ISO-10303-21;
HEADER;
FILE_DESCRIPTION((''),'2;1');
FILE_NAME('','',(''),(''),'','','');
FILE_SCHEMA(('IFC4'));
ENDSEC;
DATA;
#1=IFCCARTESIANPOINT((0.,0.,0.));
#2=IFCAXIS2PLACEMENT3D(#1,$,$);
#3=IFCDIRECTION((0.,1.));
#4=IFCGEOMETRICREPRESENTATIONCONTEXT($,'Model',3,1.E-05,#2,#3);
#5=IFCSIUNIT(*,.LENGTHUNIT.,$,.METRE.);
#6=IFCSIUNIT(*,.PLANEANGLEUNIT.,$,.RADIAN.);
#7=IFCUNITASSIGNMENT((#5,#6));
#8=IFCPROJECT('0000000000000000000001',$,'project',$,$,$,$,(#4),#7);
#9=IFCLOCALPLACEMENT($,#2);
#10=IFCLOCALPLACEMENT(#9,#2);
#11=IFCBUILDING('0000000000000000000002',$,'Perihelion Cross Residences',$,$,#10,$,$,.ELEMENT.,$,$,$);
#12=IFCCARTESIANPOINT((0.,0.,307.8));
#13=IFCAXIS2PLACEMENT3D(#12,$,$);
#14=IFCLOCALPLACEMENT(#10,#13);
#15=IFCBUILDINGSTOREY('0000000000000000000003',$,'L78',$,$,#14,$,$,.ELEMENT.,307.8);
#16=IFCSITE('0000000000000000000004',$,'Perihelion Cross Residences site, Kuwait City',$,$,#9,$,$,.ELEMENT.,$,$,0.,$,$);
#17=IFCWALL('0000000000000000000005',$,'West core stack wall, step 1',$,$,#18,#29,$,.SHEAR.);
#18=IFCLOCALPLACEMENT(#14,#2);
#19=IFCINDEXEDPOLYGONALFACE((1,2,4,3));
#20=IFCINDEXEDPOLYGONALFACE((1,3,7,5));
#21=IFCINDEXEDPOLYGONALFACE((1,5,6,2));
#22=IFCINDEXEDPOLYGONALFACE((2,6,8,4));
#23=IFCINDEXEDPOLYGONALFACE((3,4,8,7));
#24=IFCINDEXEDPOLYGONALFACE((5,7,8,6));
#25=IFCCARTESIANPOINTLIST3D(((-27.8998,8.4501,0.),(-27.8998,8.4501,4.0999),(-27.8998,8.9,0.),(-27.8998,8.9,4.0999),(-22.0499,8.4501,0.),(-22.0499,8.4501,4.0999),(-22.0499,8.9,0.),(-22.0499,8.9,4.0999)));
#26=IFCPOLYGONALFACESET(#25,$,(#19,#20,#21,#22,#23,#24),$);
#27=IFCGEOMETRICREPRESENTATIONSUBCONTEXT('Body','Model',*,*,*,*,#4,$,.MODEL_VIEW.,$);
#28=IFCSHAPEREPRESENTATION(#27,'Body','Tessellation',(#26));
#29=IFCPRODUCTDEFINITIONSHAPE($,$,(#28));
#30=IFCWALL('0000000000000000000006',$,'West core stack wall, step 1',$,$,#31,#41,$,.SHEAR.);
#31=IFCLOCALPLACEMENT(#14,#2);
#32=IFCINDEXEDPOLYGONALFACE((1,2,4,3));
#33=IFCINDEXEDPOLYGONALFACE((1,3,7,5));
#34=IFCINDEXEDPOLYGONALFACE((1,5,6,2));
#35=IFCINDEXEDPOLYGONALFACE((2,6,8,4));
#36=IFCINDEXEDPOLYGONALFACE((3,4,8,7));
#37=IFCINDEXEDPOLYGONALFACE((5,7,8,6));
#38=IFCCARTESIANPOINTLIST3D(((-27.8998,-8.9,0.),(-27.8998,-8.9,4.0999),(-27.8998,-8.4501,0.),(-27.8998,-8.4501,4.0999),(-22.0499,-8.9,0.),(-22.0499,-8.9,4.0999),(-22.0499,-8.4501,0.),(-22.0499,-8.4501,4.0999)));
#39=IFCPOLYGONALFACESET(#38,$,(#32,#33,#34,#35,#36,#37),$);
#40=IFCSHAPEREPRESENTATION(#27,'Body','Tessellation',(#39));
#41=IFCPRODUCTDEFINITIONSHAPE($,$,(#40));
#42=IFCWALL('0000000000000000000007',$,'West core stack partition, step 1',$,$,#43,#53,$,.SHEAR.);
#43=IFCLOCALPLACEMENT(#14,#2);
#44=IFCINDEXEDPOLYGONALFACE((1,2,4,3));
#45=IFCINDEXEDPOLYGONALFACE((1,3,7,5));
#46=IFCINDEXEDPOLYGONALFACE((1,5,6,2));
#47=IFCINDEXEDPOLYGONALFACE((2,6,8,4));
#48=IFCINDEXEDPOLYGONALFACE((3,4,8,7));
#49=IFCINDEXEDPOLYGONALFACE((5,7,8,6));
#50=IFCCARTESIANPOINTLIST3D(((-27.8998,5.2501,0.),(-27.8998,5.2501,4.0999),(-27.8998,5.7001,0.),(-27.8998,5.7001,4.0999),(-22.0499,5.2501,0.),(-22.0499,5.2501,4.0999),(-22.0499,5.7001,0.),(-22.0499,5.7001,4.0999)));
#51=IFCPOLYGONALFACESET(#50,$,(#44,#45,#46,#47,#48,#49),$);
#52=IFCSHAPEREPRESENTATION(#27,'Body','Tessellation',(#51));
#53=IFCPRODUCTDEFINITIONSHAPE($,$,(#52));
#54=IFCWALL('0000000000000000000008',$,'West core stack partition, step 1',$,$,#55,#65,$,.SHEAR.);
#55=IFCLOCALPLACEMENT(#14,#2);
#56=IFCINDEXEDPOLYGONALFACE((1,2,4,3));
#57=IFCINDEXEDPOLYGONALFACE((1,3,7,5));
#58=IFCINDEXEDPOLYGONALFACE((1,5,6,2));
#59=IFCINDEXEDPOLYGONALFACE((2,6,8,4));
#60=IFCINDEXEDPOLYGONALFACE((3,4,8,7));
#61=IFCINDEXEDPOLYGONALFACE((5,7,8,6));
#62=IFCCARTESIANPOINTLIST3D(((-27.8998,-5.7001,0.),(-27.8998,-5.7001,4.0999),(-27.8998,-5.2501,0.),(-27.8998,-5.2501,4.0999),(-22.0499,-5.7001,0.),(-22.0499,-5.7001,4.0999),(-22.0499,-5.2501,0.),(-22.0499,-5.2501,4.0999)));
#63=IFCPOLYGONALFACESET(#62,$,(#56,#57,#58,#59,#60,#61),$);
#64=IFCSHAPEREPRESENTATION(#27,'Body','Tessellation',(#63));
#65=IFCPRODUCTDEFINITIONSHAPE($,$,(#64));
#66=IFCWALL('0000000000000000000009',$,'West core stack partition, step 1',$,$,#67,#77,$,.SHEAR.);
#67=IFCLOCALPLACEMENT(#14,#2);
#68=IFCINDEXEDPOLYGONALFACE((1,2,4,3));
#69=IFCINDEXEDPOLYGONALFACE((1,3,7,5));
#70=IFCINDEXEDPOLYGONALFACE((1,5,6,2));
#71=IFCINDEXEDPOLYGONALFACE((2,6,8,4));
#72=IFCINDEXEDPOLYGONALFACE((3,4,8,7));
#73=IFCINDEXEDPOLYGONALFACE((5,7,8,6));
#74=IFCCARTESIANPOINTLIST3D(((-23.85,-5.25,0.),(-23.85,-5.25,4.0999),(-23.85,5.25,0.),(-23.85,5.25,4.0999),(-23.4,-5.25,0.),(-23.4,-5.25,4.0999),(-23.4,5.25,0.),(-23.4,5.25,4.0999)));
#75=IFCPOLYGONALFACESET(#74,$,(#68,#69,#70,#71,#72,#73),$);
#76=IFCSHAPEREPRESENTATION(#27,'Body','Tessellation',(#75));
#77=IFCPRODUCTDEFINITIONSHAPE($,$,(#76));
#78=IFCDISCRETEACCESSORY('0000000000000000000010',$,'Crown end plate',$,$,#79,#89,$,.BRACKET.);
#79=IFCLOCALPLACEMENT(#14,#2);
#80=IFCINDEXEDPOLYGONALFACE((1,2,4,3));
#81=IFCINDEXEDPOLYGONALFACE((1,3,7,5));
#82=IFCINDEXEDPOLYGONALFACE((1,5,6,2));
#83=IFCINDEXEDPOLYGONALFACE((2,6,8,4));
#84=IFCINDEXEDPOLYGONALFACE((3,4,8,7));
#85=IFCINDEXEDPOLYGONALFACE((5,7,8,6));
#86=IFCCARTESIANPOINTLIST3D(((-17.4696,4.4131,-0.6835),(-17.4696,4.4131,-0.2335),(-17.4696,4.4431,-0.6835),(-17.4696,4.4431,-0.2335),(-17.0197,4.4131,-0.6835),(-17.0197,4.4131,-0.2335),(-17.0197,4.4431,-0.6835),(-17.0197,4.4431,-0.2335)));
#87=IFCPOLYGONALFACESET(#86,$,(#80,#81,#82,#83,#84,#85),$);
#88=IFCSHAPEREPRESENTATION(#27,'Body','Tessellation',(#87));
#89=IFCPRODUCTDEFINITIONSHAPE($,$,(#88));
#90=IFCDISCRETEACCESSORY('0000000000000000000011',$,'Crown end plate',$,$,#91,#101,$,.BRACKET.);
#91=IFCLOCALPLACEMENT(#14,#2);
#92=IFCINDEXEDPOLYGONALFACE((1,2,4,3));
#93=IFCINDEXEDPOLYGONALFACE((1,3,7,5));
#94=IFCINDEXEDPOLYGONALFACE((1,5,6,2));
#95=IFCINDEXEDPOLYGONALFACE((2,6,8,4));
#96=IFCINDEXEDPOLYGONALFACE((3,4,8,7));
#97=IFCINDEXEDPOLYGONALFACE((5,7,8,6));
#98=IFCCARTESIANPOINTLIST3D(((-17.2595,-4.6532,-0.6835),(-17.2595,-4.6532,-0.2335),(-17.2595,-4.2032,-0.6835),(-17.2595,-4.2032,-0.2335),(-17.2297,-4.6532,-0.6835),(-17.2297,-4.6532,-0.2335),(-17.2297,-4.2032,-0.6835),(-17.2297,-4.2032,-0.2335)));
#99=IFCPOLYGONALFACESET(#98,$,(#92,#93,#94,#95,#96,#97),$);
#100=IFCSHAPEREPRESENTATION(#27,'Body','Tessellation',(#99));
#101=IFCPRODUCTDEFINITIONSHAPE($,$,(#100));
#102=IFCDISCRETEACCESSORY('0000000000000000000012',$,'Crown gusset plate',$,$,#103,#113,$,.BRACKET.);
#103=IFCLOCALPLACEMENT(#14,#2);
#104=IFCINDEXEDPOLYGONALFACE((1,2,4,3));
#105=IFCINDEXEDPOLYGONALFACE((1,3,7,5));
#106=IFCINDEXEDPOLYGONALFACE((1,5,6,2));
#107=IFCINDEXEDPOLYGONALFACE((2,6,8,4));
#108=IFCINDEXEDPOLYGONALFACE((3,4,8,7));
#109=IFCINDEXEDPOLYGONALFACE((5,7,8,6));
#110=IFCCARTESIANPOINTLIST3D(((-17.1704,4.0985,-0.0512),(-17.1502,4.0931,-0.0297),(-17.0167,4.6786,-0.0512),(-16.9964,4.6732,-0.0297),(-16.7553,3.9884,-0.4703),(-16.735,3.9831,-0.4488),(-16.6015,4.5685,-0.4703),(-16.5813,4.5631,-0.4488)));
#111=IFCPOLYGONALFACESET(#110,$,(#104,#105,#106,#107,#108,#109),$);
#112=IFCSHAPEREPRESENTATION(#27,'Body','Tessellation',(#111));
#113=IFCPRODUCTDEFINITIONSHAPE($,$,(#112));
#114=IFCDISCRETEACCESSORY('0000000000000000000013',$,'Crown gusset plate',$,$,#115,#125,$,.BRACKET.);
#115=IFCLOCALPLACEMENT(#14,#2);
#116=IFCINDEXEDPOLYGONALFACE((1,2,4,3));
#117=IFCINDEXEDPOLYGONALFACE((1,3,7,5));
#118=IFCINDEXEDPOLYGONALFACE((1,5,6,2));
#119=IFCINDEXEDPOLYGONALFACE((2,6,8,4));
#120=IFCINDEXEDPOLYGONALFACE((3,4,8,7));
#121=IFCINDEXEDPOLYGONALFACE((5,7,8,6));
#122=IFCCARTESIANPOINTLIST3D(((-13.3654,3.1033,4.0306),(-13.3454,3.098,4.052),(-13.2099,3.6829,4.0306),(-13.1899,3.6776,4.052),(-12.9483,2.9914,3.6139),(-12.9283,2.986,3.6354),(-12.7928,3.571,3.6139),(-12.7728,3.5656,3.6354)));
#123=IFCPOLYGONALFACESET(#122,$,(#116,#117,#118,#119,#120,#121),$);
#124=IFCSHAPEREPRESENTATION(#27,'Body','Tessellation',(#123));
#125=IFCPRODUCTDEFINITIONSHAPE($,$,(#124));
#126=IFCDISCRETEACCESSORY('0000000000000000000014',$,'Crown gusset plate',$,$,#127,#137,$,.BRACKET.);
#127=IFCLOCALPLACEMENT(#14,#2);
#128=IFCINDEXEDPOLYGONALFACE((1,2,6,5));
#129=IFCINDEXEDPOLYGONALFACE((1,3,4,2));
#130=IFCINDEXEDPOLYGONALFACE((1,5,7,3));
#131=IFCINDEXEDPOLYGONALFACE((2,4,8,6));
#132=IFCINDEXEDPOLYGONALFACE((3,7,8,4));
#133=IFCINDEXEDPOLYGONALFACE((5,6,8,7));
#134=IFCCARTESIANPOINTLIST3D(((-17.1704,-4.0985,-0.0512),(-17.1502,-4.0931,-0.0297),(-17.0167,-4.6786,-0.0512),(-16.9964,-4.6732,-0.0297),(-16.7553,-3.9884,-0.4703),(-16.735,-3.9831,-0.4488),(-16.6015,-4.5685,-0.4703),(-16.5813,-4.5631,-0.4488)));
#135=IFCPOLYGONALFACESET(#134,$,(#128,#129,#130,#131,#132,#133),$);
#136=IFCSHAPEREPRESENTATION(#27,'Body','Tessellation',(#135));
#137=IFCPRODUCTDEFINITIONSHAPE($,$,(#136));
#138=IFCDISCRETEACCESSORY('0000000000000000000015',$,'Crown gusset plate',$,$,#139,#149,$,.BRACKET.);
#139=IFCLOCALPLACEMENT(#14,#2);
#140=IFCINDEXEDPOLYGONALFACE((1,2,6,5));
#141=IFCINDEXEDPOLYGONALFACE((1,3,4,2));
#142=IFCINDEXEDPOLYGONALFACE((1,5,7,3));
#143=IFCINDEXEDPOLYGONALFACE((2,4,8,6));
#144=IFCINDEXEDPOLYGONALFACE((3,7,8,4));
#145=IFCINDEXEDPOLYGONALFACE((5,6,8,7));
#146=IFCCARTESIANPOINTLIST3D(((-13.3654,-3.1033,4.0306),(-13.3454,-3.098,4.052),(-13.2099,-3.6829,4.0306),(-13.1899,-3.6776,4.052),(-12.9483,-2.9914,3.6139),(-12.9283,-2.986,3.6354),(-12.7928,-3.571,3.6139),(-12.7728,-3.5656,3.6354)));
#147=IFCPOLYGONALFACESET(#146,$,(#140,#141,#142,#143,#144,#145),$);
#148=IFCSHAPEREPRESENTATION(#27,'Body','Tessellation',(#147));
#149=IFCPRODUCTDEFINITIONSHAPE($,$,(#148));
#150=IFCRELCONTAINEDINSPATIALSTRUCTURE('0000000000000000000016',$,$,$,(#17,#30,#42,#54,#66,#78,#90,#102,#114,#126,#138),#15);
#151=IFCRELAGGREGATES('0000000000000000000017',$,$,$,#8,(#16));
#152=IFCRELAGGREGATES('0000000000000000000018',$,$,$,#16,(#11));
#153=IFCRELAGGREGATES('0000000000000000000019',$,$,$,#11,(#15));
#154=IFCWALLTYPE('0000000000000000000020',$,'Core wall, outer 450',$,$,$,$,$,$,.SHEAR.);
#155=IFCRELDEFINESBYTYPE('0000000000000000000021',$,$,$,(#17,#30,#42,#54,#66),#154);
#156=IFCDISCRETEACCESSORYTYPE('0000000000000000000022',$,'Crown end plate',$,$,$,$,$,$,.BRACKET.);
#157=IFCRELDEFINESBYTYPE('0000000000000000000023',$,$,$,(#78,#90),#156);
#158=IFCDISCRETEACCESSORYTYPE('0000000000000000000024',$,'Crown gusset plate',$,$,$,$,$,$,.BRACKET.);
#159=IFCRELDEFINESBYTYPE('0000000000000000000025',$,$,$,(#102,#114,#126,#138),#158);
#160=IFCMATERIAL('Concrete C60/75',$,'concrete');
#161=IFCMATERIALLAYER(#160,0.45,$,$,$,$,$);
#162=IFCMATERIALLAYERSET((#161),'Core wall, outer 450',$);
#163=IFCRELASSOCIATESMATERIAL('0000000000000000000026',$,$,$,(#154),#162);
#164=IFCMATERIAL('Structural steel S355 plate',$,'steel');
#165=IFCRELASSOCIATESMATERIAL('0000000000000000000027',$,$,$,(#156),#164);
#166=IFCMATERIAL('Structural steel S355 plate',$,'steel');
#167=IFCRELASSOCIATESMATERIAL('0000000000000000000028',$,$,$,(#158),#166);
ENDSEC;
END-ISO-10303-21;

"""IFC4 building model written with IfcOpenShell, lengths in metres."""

from ifc_helpers import new_model, si_unit, direction, frame, frame_2d, origin, origin_2d, place, context, subcontext, project, spatial, rectangle, extrude, material, layer, layer_set, material_profile, profile_set, type_object, element, save


model = new_model("IFC4")

# Units and contexts
model_context = context("Model", 3, precision=1e-05, world=origin(), true_north=direction((0.0, 1.0)))
body_context = subcontext(model_context, "Body", "Model", "MODEL_VIEW")
ifc_project = project(units=[si_unit("LENGTHUNIT", "METRE"), si_unit("PLANEANGLEUNIT", "RADIAN")], contexts=[model_context])

# Site, building, storey
site_placement = place(None, origin())
site = spatial("IfcSite", under=ifc_project, at=site_placement, Name="Perihelion Cross Residences site, Kuwait City", CompositionType="ELEMENT", RefElevation=0.0)
building_placement = place(site_placement, origin())
building = spatial("IfcBuilding", under=site, at=building_placement, Name="Perihelion Cross Residences", CompositionType="ELEMENT")
storey_placement = place(building_placement, frame((0.0, 0.0, 307.8)))
storey = spatial("IfcBuildingStorey", under=building, at=storey_placement, Name="L78", CompositionType="ELEMENT", Elevation=307.8)

# Walls
ifc_material_1 = material(Name="Concrete C60/75", Category="concrete")
ifc_layer_1 = layer(ifc_material_1, 0.45)
ifc_layer_set_1 = layer_set([ifc_layer_1], Name="Core wall, outer 450")
wall_type = type_object("IfcWallType", Name="Core wall, outer 450", PredefinedType="SHEAR", material=ifc_layer_set_1)
for number, where, z_axis, x_axis, name in (
    (1, (-22.05, 8.675, 0.0), (0.0, 0.0, 1.0), (-1.0, 0.0, 0.0), "West core stack wall, step 1"),
    (2, (-22.05, -8.675, 0.0), (0.0, 0.0, 1.0), (-1.0, 0.0, 0.0), "West core stack wall, step 1"),
    (3, (-22.05, 5.4751, 0.0), (0.0, 0.0, 1.0), (-1.0, 0.0, 0.0), "West core stack partition, step 1"),
    (4, (-22.05, -5.4751, 0.0), (0.0, 0.0, 1.0), (-1.0, 0.0, 0.0), "West core stack partition, step 1"),
):
    element("IfcWall", number, at=place(storey_placement, frame(where, z_axis=z_axis, x_axis=x_axis)), inside=storey, type_object=wall_type, Name=name, PredefinedType="SHEAR", context=body_context, shape_type="SweptSolid", body=[
        extrude(rectangle(XDim=5.8499, YDim=0.45, at=frame_2d((2.9248, 0.0))), origin(), (0.0, 0.0, 1.0), 4.0999),
    ])
wall_placement = place(storey_placement, frame((-23.625, -5.25, 0.0), z_axis=(0.0, 0.0, 1.0), x_axis=(0.0, 1.0, 0.0)))
element("IfcWall", 5, at=wall_placement, inside=storey, type_object=wall_type, Name="West core stack partition, step 1", PredefinedType="SHEAR", context=body_context, shape_type="SweptSolid", body=[
    extrude(rectangle(XDim=10.5, YDim=0.45, at=frame_2d((5.25, 0.0))), origin(), (0.0, 0.0, 1.0), 4.0999),
])

# Discrete accessories
ifc_material_2 = material(Name="Structural steel S355 plate", Category="steel")
ifc_material_profile_1 = material_profile(ifc_material_2, rectangle(XDim=0.45, YDim=0.45, at=origin_2d()), Name="Crown end plate")
ifc_profile_set_1 = profile_set([ifc_material_profile_1], Name="Structural steel S355 plate")
discrete_accessory_type_1 = type_object("IfcDiscreteAccessoryType", Name="Crown end plate", PredefinedType="BRACKET", material=ifc_profile_set_1)
discrete_accessory_1_placement = place(storey_placement, frame((-17.2446, 4.4431, -0.4585), z_axis=(0.0, -1.0, 0.0), x_axis=(1.0, 0.0, 0.0)))
element("IfcDiscreteAccessory", 6, at=discrete_accessory_1_placement, inside=storey, type_object=discrete_accessory_type_1, Name="Crown end plate", PredefinedType="BRACKET", context=body_context, shape_type="SweptSolid", body=[
    extrude(rectangle(XDim=0.45, YDim=0.45, at=origin_2d()), origin(), (0.0, 0.0, 1.0), 0.03),
])
discrete_accessory_2_placement = place(storey_placement, frame((-17.2595, -4.4282, -0.4585), z_axis=(1.0, 0.0, 0.0), x_axis=(0.0, 1.0, 0.0)))
element("IfcDiscreteAccessory", 7, at=discrete_accessory_2_placement, inside=storey, type_object=discrete_accessory_type_1, Name="Crown end plate", PredefinedType="BRACKET", context=body_context, shape_type="SweptSolid", body=[
    extrude(rectangle(XDim=0.45, YDim=0.45, at=origin_2d()), origin(), (0.0, 0.0, 1.0), 0.0298),
])
ifc_material_3 = material(Name="Structural steel S355 plate", Category="steel")
ifc_material_profile_2 = material_profile(ifc_material_3, rectangle(XDim=0.6001, YDim=0.6001, at=origin_2d()), Name="Crown gusset plate")
ifc_profile_set_2 = profile_set([ifc_material_profile_2], Name="Structural steel S355 plate")
discrete_accessory_type_2 = type_object("IfcDiscreteAccessoryType", Name="Crown gusset plate", PredefinedType="BRACKET", material=ifc_profile_set_2)
discrete_accessory_3_placement = place(storey_placement, frame((-16.886, 4.3335, -0.2607), z_axis=(0.675065, -0.178933, 0.715731), x_axis=(0.256213, 0.96662, 0.0)))
element("IfcDiscreteAccessory", 8, at=discrete_accessory_3_placement, inside=storey, type_object=discrete_accessory_type_2, Name="Crown gusset plate", PredefinedType="BRACKET", context=body_context, shape_type="SweptSolid", body=[
    extrude(rectangle(XDim=0.6001, YDim=0.6001, at=origin_2d()), origin(), (0.0, 0.0, 1.0), 0.03),
])
discrete_accessory_4_placement = place(storey_placement, frame((-13.0791, 3.3372, 3.8223), z_axis=(0.670601, -0.179917, 0.719669), x_axis=(0.259129, 0.965843, 0.0)))
element("IfcDiscreteAccessory", 9, at=discrete_accessory_4_placement, inside=storey, type_object=discrete_accessory_type_2, Name="Crown gusset plate", PredefinedType="BRACKET", context=body_context, shape_type="SweptSolid", body=[
    extrude(rectangle(XDim=0.6001, YDim=0.6001, at=origin_2d()), origin(), (0.0, 0.0, 1.0), 0.0298),
])
discrete_accessory_5_placement = place(storey_placement, frame((-16.886, -4.3335, -0.2607), z_axis=(0.675065, 0.178933, 0.715731), x_axis=(-0.256213, 0.96662, 0.0)))
element("IfcDiscreteAccessory", 10, at=discrete_accessory_5_placement, inside=storey, type_object=discrete_accessory_type_2, Name="Crown gusset plate", PredefinedType="BRACKET", context=body_context, shape_type="SweptSolid", body=[
    extrude(rectangle(XDim=0.6001, YDim=0.6001, at=origin_2d()), origin(), (0.0, 0.0, 1.0), 0.03),
])
discrete_accessory_6_placement = place(storey_placement, frame((-13.0791, -3.3372, 3.8223), z_axis=(0.670601, 0.179917, 0.719669), x_axis=(-0.259129, 0.965843, 0.0)))
element("IfcDiscreteAccessory", 11, at=discrete_accessory_6_placement, inside=storey, type_object=discrete_accessory_type_2, Name="Crown gusset plate", PredefinedType="BRACKET", context=body_context, shape_type="SweptSolid", body=[
    extrude(rectangle(XDim=0.6001, YDim=0.6001, at=origin_2d()), origin(), (0.0, 0.0, 1.0), 0.0298),
])

save(model, "model.ifc")
